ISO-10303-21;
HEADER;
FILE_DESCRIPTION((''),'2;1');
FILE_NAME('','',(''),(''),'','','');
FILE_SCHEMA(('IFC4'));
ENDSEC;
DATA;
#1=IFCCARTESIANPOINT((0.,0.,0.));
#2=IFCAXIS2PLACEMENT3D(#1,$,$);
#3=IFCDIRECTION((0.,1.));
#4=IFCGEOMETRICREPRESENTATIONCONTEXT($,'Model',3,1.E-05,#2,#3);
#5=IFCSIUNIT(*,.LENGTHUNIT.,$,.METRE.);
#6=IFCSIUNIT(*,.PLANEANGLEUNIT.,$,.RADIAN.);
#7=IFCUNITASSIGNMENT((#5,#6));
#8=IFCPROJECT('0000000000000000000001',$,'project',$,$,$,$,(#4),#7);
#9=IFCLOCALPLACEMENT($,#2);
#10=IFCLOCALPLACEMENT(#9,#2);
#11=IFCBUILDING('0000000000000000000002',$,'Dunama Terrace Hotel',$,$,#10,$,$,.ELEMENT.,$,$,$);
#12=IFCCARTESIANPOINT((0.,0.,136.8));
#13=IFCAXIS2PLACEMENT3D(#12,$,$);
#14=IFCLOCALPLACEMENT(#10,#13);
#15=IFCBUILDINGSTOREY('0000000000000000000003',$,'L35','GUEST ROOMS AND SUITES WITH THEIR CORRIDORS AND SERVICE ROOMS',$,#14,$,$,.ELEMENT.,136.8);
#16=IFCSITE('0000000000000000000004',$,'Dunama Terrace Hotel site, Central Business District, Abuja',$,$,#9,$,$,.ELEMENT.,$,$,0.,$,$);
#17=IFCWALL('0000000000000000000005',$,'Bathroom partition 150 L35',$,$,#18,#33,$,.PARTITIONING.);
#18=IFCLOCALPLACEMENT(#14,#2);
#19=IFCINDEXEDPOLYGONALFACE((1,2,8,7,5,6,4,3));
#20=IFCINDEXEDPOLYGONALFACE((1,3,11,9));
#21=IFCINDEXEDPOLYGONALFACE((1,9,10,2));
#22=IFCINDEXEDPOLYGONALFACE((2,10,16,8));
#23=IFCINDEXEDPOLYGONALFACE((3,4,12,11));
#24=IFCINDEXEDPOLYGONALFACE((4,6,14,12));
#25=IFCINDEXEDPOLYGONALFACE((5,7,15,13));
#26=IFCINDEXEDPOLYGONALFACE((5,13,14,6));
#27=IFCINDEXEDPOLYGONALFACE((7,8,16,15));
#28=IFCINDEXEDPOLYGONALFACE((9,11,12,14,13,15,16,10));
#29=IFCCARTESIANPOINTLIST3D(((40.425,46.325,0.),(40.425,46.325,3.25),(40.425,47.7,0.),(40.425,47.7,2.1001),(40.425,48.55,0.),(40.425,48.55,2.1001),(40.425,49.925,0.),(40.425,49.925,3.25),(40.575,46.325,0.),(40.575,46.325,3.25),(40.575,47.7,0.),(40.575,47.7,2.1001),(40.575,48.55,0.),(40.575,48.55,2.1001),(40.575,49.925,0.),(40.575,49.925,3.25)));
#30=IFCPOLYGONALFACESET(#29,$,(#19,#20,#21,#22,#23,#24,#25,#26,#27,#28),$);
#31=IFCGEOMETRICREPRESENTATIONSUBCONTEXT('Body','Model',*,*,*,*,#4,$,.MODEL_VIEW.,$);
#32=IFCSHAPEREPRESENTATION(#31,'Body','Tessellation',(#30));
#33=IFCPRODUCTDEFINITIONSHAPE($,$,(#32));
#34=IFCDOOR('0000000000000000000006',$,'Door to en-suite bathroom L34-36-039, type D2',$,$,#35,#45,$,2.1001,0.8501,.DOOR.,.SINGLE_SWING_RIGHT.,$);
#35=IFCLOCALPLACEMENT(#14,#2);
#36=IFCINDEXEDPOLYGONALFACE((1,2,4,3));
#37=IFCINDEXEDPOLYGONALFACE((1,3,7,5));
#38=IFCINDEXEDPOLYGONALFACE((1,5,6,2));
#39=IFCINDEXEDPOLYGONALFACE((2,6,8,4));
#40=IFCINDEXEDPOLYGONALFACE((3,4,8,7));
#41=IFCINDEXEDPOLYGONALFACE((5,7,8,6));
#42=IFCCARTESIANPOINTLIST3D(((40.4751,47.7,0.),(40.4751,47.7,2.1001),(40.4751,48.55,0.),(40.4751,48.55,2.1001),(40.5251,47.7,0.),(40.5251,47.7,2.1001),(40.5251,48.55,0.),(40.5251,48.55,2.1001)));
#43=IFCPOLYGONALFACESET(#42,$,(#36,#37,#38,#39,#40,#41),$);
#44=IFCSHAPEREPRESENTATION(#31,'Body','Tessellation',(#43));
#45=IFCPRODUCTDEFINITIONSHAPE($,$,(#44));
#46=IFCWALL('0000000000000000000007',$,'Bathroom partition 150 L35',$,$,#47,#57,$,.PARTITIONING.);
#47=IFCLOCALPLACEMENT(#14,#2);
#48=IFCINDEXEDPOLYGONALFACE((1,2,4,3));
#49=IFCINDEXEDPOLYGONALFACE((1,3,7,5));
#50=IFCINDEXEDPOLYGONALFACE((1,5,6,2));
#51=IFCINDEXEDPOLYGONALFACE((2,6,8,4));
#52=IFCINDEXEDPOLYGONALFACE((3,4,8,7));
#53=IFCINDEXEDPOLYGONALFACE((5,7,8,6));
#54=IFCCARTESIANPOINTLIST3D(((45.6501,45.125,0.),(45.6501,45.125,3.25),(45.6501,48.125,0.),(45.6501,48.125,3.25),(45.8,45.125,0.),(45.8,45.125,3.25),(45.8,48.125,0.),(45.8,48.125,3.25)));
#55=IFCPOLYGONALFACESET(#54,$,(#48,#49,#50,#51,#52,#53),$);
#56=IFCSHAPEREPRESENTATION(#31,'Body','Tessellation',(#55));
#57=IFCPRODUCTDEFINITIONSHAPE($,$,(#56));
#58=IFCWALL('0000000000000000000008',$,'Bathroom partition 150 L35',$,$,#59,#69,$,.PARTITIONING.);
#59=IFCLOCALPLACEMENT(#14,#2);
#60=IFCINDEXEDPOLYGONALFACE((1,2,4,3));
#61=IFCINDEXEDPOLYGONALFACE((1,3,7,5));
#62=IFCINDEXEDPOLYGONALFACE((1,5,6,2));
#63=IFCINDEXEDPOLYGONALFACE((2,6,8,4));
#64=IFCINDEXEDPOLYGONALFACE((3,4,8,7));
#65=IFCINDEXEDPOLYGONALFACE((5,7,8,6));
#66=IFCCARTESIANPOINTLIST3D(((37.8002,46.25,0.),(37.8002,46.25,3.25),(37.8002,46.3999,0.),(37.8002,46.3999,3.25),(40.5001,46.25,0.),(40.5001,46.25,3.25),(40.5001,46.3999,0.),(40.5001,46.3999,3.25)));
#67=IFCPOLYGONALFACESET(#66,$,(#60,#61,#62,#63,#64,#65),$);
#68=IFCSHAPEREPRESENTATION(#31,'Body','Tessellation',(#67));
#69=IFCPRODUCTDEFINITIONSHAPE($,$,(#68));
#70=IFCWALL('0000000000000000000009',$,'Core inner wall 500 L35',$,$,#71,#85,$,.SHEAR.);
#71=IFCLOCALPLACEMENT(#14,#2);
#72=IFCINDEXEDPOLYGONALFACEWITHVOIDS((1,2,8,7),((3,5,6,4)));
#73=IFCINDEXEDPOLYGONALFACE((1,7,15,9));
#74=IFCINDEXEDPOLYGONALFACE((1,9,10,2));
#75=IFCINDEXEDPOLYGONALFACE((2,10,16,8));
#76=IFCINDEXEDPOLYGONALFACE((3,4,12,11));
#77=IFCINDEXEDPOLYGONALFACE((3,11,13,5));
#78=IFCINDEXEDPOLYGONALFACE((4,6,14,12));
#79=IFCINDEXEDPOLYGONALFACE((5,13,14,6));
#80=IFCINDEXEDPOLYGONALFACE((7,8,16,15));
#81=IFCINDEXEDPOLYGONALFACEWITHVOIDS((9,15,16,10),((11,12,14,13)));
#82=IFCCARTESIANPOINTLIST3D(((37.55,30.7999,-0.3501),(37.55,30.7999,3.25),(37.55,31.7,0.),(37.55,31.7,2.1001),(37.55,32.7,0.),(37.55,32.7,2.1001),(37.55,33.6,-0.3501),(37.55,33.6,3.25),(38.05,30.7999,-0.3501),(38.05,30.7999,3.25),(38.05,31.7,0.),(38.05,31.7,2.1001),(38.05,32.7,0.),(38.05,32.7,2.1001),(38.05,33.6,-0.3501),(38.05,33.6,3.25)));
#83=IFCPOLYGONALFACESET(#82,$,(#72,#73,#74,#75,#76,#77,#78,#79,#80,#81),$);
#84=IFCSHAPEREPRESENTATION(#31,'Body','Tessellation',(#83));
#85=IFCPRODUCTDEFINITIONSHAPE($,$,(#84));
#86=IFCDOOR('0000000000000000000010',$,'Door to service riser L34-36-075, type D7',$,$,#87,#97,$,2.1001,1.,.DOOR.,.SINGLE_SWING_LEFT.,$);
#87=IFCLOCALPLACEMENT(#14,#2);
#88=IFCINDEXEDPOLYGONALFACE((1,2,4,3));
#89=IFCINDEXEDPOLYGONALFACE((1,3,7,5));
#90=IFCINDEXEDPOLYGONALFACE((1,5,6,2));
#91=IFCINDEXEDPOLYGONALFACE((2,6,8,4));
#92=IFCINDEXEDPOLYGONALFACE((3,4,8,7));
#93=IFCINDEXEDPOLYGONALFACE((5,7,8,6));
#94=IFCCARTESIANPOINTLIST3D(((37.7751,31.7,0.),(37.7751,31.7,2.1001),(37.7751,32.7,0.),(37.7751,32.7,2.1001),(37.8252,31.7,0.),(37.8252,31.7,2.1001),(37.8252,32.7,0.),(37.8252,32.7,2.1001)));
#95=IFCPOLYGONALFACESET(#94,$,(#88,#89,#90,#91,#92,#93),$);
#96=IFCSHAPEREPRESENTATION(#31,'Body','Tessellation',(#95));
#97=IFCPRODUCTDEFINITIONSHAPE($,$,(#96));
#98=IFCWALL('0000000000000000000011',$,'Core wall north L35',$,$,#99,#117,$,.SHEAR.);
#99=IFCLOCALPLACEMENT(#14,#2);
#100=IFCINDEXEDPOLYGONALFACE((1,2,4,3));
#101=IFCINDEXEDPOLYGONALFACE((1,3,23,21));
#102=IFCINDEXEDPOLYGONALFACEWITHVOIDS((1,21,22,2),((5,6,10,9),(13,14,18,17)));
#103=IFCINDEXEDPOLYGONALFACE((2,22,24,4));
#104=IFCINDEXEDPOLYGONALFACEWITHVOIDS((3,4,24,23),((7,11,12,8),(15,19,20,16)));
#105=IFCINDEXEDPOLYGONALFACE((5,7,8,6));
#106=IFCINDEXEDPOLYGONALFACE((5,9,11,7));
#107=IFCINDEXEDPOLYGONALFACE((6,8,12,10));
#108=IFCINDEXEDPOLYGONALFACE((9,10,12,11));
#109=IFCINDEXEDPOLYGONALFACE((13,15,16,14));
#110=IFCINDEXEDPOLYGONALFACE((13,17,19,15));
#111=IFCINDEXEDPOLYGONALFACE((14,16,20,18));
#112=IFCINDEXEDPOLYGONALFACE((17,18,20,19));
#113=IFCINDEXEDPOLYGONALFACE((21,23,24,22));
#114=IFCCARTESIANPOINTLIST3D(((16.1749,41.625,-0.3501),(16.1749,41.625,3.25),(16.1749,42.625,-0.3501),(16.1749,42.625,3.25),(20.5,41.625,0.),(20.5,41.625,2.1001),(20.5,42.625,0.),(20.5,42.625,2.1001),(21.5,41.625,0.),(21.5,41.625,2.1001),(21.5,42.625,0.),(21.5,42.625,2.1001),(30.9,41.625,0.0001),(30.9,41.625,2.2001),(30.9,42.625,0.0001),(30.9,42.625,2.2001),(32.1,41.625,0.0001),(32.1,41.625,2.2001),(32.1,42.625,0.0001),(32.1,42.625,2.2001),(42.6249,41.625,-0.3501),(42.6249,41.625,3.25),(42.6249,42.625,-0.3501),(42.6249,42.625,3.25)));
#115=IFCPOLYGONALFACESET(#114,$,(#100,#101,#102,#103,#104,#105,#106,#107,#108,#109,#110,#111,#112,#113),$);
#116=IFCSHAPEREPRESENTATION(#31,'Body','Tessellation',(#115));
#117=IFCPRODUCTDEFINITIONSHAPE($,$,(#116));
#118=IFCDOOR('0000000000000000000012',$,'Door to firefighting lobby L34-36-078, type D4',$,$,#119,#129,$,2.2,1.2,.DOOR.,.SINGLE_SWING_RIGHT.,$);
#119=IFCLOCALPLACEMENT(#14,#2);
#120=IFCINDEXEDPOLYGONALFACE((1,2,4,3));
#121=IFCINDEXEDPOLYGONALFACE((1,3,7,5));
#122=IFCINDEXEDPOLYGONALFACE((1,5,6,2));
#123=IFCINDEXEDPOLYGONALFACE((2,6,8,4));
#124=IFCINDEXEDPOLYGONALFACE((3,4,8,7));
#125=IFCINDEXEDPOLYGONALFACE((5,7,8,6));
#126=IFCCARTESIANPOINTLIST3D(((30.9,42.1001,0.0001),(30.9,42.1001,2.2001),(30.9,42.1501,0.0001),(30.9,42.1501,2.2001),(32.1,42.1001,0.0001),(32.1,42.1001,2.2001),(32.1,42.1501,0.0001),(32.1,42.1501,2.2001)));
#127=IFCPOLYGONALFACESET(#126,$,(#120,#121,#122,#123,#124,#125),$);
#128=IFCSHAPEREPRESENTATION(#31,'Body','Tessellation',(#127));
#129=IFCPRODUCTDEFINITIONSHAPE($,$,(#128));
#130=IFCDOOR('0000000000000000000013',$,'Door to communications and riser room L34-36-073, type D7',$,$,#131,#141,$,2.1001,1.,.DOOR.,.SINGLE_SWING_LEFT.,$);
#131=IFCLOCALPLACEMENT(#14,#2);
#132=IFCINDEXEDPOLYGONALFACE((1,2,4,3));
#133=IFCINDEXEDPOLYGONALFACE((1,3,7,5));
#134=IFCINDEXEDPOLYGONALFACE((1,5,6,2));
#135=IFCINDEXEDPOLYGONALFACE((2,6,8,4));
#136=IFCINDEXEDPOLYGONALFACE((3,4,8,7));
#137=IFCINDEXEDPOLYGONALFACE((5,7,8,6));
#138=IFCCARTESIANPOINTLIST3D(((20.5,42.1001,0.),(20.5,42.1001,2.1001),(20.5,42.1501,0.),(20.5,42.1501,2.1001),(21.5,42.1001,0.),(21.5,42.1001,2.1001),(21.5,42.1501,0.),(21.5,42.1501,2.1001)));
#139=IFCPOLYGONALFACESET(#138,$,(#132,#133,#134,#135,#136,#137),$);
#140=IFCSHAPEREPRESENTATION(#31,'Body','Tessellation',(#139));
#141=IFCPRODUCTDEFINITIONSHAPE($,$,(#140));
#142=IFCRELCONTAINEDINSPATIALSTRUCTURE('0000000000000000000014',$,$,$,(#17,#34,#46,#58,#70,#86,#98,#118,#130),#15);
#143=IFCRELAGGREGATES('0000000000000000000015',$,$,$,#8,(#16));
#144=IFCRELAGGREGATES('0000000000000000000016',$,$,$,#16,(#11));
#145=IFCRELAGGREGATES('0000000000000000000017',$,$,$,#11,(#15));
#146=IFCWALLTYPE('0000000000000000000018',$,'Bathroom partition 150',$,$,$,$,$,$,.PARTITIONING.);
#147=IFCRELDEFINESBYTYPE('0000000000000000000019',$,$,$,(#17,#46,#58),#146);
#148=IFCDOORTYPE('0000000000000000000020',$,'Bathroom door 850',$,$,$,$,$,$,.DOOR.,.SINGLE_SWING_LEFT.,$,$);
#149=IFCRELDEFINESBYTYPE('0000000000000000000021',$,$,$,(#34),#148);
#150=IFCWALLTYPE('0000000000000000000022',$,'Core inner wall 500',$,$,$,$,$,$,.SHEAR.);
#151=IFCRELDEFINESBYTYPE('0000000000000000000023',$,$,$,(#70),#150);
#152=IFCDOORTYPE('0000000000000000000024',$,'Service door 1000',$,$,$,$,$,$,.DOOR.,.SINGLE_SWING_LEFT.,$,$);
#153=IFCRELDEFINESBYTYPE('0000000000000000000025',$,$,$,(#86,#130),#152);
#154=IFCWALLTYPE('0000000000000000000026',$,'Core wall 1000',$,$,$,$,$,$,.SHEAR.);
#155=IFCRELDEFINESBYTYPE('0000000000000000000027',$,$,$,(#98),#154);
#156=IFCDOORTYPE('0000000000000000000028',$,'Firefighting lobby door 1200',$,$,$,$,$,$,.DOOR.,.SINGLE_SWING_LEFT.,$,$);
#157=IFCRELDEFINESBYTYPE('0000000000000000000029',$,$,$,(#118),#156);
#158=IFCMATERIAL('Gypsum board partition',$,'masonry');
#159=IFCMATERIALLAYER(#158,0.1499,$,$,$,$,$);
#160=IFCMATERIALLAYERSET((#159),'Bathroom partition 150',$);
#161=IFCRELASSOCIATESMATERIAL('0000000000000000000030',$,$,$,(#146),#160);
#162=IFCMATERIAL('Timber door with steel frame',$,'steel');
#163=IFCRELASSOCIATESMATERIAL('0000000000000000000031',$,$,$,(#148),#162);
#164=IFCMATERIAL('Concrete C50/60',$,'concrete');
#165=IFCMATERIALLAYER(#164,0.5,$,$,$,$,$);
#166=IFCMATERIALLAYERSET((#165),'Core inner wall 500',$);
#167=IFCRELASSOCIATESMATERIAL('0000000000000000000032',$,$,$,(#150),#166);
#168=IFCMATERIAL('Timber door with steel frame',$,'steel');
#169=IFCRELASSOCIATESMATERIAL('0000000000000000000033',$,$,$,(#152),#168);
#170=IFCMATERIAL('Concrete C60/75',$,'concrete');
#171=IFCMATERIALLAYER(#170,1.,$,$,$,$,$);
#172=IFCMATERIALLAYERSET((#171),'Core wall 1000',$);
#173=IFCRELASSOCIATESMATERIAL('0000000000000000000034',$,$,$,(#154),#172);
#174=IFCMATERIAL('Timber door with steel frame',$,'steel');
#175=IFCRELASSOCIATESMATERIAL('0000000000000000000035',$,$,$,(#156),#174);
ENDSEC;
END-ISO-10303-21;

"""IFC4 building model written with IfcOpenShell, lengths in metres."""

from ifc_helpers import new_model, si_unit, direction, frame, frame_2d, origin, place, context, subcontext, project, spatial, rectangle, extrude, material, layer, layer_set, type_object, element, fill, save


model = new_model("IFC4")

# Units and contexts
model_context = context("Model", 3, precision=1e-05, world=origin(), true_north=direction((0.0, 1.0)))
body_context = subcontext(model_context, "Body", "Model", "MODEL_VIEW")
ifc_project = project(units=[si_unit("LENGTHUNIT", "METRE"), si_unit("PLANEANGLEUNIT", "RADIAN")], contexts=[model_context])

# Site, building, storey
site_placement = place(None, origin())
site = spatial("IfcSite", under=ifc_project, at=site_placement, Name="Dunama Terrace Hotel site, Central Business District, Abuja", CompositionType="ELEMENT", RefElevation=0.0)
building_placement = place(site_placement, origin())
building = spatial("IfcBuilding", under=site, at=building_placement, Name="Dunama Terrace Hotel", CompositionType="ELEMENT")
storey_placement = place(building_placement, frame((0.0, 0.0, 136.8)))
storey = spatial("IfcBuildingStorey", under=building, at=storey_placement, Name="L35", Description="GUEST ROOMS AND SUITES WITH THEIR CORRIDORS AND SERVICE ROOMS", CompositionType="ELEMENT", Elevation=136.8)

# Wall, opening, door
ifc_material_1 = material(Name="Gypsum board partition", Category="masonry")
ifc_layer_1 = layer(ifc_material_1, 0.1499)
ifc_layer_set_1 = layer_set([ifc_layer_1], Name="Bathroom partition 150")
wall_type_1 = type_object("IfcWallType", Name="Bathroom partition 150", PredefinedType="PARTITIONING", material=ifc_layer_set_1)
wall_1_placement = place(storey_placement, frame((40.5, 46.325, 0.0), z_axis=(0.0, 0.0, 1.0), x_axis=(0.0, 1.0, 0.0)))
wall_1 = element("IfcWall", 1, at=wall_1_placement, inside=storey, type_object=wall_type_1, Name="Bathroom partition 150 L35", PredefinedType="PARTITIONING", context=body_context, shape_type="SweptSolid", body=[
    extrude(rectangle(XDim=3.6001, YDim=0.1499, at=frame_2d((1.8, 0.0))), origin(), (0.0, 0.0, 1.0), 3.25),
])
opening_1_placement = place(wall_1_placement, frame((1.375, 0.0, 0.0)))
opening_1 = element("IfcOpeningElement", 2, at=opening_1_placement, cuts=wall_1, PredefinedType="OPENING", context=body_context, shape_type="SweptSolid", body=[
    extrude(rectangle(XDim=0.8501, YDim=2.1001, at=frame_2d((0.425, 1.05))), frame((0.0, 0.085, 0.0), z_axis=(0.0, -1.0, 0.0), x_axis=(1.0, 0.0, 0.0)), (0.0, 0.0, 1.0), 0.1699),
])
ifc_material_2 = material(Name="Timber door with steel frame", Category="steel")
door_type_1 = type_object("IfcDoorType", Name="Bathroom door 850", OperationType="SINGLE_SWING_LEFT", PredefinedType="DOOR", material=ifc_material_2)
door_1_placement = place(opening_1_placement, origin())
door_1 = element("IfcDoor", 3, at=door_1_placement, inside=storey, type_object=door_type_1, Name="Door to en-suite bathroom L34-36-039, type D2", OperationType="SINGLE_SWING_RIGHT", OverallHeight=2.1001, OverallWidth=0.8501, PredefinedType="DOOR", context=body_context, shape_type="SweptSolid", body=[
    extrude(rectangle(XDim=0.8501, YDim=2.1001, at=frame_2d((0.425, 1.05))), frame((0.0, 0.0249, 0.0), z_axis=(0.0, -1.0, 0.0), x_axis=(1.0, 0.0, 0.0)), (0.0, 0.0, 1.0), 0.05),
])
fill(opening_1, door_1)

# Walls
wall_2_placement = place(storey_placement, frame((45.7251, 45.125, 0.0), z_axis=(0.0, 0.0, 1.0), x_axis=(0.0, 1.0, 0.0)))
element("IfcWall", 4, at=wall_2_placement, inside=storey, type_object=wall_type_1, Name="Bathroom partition 150 L35", PredefinedType="PARTITIONING", context=body_context, shape_type="SweptSolid", body=[
    extrude(rectangle(XDim=3.0, YDim=0.1499, at=frame_2d((1.5, 0.0))), origin(), (0.0, 0.0, 1.0), 3.25),
])
wall_3_placement = place(storey_placement, frame((37.8, 46.325, 0.0), z_axis=(0.0, 0.0, 1.0), x_axis=(1.0, 0.0, 0.0)))
element("IfcWall", 5, at=wall_3_placement, inside=storey, type_object=wall_type_1, Name="Bathroom partition 150 L35", PredefinedType="PARTITIONING", context=body_context, shape_type="SweptSolid", body=[
    extrude(rectangle(XDim=2.7, YDim=0.1499, at=frame_2d((1.3501, 0.0))), origin(), (0.0, 0.0, 1.0), 3.25),
])

# Wall, opening, door
ifc_material_3 = material(Name="Concrete C50/60", Category="concrete")
ifc_layer_2 = layer(ifc_material_3, 0.5)
ifc_layer_set_2 = layer_set([ifc_layer_2], Name="Core inner wall 500")
wall_type_2 = type_object("IfcWallType", Name="Core inner wall 500", PredefinedType="SHEAR", material=ifc_layer_set_2)
wall_4_placement = place(storey_placement, frame((37.8, 30.8, -0.3501), z_axis=(0.0, 0.0, 1.0), x_axis=(0.0, 1.0, 0.0)))
wall_4 = element("IfcWall", 6, at=wall_4_placement, inside=storey, type_object=wall_type_2, Name="Core inner wall 500 L35", PredefinedType="SHEAR", context=body_context, shape_type="SweptSolid", body=[
    extrude(rectangle(XDim=2.8, YDim=0.5, at=frame_2d((1.3999, 0.0))), origin(), (0.0, 0.0, 1.0), 3.6001),
])
opening_2_placement = place(wall_4_placement, frame((0.8999, 0.0, 0.3501)))
opening_2 = element("IfcOpeningElement", 7, at=opening_2_placement, cuts=wall_4, PredefinedType="OPENING", context=body_context, shape_type="SweptSolid", body=[
    extrude(rectangle(XDim=1.0, YDim=2.1001, at=frame_2d((0.5, 1.05))), frame((0.0, 0.26, 0.0), z_axis=(0.0, -1.0, 0.0), x_axis=(1.0, 0.0, 0.0)), (0.0, 0.0, 1.0), 0.52),
])
ifc_material_4 = material(Name="Timber door with steel frame", Category="steel")
door_type_2 = type_object("IfcDoorType", Name="Service door 1000", OperationType="SINGLE_SWING_LEFT", PredefinedType="DOOR", material=ifc_material_4)
door_2_placement = place(opening_2_placement, frame((1.0, 0.0, 0.0), z_axis=(0.0, 0.0, 1.0), x_axis=(-1.0, 0.0, 0.0)))
door_2 = element("IfcDoor", 8, at=door_2_placement, inside=storey, type_object=door_type_2, Name="Door to service riser L34-36-075, type D7", OperationType="SINGLE_SWING_LEFT", OverallHeight=2.1001, OverallWidth=1.0, PredefinedType="DOOR", context=body_context, shape_type="SweptSolid", body=[
    extrude(rectangle(XDim=1.0, YDim=2.1001, at=frame_2d((0.5, 1.05))), frame((0.0, 0.0251, 0.0), z_axis=(0.0, -1.0, 0.0), x_axis=(1.0, 0.0, 0.0)), (0.0, 0.0, 1.0), 0.05),
])
fill(opening_2, door_2)

# Wall, openings, doors
ifc_material_5 = material(Name="Concrete C60/75", Category="concrete")
ifc_layer_3 = layer(ifc_material_5, 1.0)
ifc_layer_set_3 = layer_set([ifc_layer_3], Name="Core wall 1000")
wall_type_3 = type_object("IfcWallType", Name="Core wall 1000", PredefinedType="SHEAR", material=ifc_layer_set_3)
wall_5_placement = place(storey_placement, frame((42.625, 42.125, -0.3501), z_axis=(0.0, 0.0, 1.0), x_axis=(-1.0, 0.0, 0.0)))
wall_5 = element("IfcWall", 9, at=wall_5_placement, inside=storey, type_object=wall_type_3, Name="Core wall north L35", PredefinedType="SHEAR", context=body_context, shape_type="SweptSolid", body=[
    extrude(rectangle(XDim=26.45, YDim=1.0, at=frame_2d((13.2251, 0.0))), origin(), (0.0, 0.0, 1.0), 3.6001),
])
opening_3_placement = place(wall_5_placement, frame((21.125, 0.0, 0.3501)))
opening_3 = element("IfcOpeningElement", 10, at=opening_3_placement, cuts=wall_5, PredefinedType="OPENING", context=body_context, shape_type="SweptSolid", body=[
    extrude(rectangle(XDim=1.0, YDim=2.1001, at=frame_2d((0.5, 1.05))), frame((0.0, 0.51, 0.0), z_axis=(0.0, -1.0, 0.0), x_axis=(1.0, 0.0, 0.0)), (0.0, 0.0, 1.0), 1.02),
])
opening_4_placement = place(wall_5_placement, frame((10.5249, 0.0, 0.3501)))
opening_4 = element("IfcOpeningElement", 11, at=opening_4_placement, cuts=wall_5, PredefinedType="OPENING", context=body_context, shape_type="SweptSolid", body=[
    extrude(rectangle(XDim=1.2, YDim=2.2, at=frame_2d((0.6001, 1.1001))), frame((0.0, 0.51, 0.0), z_axis=(0.0, -1.0, 0.0), x_axis=(1.0, 0.0, 0.0)), (0.0, 0.0, 1.0), 1.02),
])
ifc_material_6 = material(Name="Timber door with steel frame", Category="steel")
door_type_3 = type_object("IfcDoorType", Name="Firefighting lobby door 1200", OperationType="SINGLE_SWING_LEFT", PredefinedType="DOOR", material=ifc_material_6)
door_3_placement = place(opening_4_placement, origin())
door_3 = element("IfcDoor", 12, at=door_3_placement, inside=storey, type_object=door_type_3, Name="Door to firefighting lobby L34-36-078, type D4", OperationType="SINGLE_SWING_RIGHT", OverallHeight=2.2, OverallWidth=1.2, PredefinedType="DOOR", context=body_context, shape_type="SweptSolid", body=[
    extrude(rectangle(XDim=1.2, YDim=2.2, at=frame_2d((0.6001, 1.1001))), frame((0.0, 0.0249, 0.0), z_axis=(0.0, -1.0, 0.0), x_axis=(1.0, 0.0, 0.0)), (0.0, 0.0, 1.0), 0.05),
])
fill(opening_4, door_3)
door_4_placement = place(opening_3_placement, origin())
door_4 = element("IfcDoor", 13, at=door_4_placement, inside=storey, type_object=door_type_2, Name="Door to communications and riser room L34-36-073, type D7", OperationType="SINGLE_SWING_LEFT", OverallHeight=2.1001, OverallWidth=1.0, PredefinedType="DOOR", context=body_context, shape_type="SweptSolid", body=[
    extrude(rectangle(XDim=1.0, YDim=2.1001, at=frame_2d((0.5, 1.05))), frame((0.0, 0.0249, 0.0), z_axis=(0.0, -1.0, 0.0), x_axis=(1.0, 0.0, 0.0)), (0.0, 0.0, 1.0), 0.05),
])
fill(opening_3, door_4)

save(model, "model.ifc")
